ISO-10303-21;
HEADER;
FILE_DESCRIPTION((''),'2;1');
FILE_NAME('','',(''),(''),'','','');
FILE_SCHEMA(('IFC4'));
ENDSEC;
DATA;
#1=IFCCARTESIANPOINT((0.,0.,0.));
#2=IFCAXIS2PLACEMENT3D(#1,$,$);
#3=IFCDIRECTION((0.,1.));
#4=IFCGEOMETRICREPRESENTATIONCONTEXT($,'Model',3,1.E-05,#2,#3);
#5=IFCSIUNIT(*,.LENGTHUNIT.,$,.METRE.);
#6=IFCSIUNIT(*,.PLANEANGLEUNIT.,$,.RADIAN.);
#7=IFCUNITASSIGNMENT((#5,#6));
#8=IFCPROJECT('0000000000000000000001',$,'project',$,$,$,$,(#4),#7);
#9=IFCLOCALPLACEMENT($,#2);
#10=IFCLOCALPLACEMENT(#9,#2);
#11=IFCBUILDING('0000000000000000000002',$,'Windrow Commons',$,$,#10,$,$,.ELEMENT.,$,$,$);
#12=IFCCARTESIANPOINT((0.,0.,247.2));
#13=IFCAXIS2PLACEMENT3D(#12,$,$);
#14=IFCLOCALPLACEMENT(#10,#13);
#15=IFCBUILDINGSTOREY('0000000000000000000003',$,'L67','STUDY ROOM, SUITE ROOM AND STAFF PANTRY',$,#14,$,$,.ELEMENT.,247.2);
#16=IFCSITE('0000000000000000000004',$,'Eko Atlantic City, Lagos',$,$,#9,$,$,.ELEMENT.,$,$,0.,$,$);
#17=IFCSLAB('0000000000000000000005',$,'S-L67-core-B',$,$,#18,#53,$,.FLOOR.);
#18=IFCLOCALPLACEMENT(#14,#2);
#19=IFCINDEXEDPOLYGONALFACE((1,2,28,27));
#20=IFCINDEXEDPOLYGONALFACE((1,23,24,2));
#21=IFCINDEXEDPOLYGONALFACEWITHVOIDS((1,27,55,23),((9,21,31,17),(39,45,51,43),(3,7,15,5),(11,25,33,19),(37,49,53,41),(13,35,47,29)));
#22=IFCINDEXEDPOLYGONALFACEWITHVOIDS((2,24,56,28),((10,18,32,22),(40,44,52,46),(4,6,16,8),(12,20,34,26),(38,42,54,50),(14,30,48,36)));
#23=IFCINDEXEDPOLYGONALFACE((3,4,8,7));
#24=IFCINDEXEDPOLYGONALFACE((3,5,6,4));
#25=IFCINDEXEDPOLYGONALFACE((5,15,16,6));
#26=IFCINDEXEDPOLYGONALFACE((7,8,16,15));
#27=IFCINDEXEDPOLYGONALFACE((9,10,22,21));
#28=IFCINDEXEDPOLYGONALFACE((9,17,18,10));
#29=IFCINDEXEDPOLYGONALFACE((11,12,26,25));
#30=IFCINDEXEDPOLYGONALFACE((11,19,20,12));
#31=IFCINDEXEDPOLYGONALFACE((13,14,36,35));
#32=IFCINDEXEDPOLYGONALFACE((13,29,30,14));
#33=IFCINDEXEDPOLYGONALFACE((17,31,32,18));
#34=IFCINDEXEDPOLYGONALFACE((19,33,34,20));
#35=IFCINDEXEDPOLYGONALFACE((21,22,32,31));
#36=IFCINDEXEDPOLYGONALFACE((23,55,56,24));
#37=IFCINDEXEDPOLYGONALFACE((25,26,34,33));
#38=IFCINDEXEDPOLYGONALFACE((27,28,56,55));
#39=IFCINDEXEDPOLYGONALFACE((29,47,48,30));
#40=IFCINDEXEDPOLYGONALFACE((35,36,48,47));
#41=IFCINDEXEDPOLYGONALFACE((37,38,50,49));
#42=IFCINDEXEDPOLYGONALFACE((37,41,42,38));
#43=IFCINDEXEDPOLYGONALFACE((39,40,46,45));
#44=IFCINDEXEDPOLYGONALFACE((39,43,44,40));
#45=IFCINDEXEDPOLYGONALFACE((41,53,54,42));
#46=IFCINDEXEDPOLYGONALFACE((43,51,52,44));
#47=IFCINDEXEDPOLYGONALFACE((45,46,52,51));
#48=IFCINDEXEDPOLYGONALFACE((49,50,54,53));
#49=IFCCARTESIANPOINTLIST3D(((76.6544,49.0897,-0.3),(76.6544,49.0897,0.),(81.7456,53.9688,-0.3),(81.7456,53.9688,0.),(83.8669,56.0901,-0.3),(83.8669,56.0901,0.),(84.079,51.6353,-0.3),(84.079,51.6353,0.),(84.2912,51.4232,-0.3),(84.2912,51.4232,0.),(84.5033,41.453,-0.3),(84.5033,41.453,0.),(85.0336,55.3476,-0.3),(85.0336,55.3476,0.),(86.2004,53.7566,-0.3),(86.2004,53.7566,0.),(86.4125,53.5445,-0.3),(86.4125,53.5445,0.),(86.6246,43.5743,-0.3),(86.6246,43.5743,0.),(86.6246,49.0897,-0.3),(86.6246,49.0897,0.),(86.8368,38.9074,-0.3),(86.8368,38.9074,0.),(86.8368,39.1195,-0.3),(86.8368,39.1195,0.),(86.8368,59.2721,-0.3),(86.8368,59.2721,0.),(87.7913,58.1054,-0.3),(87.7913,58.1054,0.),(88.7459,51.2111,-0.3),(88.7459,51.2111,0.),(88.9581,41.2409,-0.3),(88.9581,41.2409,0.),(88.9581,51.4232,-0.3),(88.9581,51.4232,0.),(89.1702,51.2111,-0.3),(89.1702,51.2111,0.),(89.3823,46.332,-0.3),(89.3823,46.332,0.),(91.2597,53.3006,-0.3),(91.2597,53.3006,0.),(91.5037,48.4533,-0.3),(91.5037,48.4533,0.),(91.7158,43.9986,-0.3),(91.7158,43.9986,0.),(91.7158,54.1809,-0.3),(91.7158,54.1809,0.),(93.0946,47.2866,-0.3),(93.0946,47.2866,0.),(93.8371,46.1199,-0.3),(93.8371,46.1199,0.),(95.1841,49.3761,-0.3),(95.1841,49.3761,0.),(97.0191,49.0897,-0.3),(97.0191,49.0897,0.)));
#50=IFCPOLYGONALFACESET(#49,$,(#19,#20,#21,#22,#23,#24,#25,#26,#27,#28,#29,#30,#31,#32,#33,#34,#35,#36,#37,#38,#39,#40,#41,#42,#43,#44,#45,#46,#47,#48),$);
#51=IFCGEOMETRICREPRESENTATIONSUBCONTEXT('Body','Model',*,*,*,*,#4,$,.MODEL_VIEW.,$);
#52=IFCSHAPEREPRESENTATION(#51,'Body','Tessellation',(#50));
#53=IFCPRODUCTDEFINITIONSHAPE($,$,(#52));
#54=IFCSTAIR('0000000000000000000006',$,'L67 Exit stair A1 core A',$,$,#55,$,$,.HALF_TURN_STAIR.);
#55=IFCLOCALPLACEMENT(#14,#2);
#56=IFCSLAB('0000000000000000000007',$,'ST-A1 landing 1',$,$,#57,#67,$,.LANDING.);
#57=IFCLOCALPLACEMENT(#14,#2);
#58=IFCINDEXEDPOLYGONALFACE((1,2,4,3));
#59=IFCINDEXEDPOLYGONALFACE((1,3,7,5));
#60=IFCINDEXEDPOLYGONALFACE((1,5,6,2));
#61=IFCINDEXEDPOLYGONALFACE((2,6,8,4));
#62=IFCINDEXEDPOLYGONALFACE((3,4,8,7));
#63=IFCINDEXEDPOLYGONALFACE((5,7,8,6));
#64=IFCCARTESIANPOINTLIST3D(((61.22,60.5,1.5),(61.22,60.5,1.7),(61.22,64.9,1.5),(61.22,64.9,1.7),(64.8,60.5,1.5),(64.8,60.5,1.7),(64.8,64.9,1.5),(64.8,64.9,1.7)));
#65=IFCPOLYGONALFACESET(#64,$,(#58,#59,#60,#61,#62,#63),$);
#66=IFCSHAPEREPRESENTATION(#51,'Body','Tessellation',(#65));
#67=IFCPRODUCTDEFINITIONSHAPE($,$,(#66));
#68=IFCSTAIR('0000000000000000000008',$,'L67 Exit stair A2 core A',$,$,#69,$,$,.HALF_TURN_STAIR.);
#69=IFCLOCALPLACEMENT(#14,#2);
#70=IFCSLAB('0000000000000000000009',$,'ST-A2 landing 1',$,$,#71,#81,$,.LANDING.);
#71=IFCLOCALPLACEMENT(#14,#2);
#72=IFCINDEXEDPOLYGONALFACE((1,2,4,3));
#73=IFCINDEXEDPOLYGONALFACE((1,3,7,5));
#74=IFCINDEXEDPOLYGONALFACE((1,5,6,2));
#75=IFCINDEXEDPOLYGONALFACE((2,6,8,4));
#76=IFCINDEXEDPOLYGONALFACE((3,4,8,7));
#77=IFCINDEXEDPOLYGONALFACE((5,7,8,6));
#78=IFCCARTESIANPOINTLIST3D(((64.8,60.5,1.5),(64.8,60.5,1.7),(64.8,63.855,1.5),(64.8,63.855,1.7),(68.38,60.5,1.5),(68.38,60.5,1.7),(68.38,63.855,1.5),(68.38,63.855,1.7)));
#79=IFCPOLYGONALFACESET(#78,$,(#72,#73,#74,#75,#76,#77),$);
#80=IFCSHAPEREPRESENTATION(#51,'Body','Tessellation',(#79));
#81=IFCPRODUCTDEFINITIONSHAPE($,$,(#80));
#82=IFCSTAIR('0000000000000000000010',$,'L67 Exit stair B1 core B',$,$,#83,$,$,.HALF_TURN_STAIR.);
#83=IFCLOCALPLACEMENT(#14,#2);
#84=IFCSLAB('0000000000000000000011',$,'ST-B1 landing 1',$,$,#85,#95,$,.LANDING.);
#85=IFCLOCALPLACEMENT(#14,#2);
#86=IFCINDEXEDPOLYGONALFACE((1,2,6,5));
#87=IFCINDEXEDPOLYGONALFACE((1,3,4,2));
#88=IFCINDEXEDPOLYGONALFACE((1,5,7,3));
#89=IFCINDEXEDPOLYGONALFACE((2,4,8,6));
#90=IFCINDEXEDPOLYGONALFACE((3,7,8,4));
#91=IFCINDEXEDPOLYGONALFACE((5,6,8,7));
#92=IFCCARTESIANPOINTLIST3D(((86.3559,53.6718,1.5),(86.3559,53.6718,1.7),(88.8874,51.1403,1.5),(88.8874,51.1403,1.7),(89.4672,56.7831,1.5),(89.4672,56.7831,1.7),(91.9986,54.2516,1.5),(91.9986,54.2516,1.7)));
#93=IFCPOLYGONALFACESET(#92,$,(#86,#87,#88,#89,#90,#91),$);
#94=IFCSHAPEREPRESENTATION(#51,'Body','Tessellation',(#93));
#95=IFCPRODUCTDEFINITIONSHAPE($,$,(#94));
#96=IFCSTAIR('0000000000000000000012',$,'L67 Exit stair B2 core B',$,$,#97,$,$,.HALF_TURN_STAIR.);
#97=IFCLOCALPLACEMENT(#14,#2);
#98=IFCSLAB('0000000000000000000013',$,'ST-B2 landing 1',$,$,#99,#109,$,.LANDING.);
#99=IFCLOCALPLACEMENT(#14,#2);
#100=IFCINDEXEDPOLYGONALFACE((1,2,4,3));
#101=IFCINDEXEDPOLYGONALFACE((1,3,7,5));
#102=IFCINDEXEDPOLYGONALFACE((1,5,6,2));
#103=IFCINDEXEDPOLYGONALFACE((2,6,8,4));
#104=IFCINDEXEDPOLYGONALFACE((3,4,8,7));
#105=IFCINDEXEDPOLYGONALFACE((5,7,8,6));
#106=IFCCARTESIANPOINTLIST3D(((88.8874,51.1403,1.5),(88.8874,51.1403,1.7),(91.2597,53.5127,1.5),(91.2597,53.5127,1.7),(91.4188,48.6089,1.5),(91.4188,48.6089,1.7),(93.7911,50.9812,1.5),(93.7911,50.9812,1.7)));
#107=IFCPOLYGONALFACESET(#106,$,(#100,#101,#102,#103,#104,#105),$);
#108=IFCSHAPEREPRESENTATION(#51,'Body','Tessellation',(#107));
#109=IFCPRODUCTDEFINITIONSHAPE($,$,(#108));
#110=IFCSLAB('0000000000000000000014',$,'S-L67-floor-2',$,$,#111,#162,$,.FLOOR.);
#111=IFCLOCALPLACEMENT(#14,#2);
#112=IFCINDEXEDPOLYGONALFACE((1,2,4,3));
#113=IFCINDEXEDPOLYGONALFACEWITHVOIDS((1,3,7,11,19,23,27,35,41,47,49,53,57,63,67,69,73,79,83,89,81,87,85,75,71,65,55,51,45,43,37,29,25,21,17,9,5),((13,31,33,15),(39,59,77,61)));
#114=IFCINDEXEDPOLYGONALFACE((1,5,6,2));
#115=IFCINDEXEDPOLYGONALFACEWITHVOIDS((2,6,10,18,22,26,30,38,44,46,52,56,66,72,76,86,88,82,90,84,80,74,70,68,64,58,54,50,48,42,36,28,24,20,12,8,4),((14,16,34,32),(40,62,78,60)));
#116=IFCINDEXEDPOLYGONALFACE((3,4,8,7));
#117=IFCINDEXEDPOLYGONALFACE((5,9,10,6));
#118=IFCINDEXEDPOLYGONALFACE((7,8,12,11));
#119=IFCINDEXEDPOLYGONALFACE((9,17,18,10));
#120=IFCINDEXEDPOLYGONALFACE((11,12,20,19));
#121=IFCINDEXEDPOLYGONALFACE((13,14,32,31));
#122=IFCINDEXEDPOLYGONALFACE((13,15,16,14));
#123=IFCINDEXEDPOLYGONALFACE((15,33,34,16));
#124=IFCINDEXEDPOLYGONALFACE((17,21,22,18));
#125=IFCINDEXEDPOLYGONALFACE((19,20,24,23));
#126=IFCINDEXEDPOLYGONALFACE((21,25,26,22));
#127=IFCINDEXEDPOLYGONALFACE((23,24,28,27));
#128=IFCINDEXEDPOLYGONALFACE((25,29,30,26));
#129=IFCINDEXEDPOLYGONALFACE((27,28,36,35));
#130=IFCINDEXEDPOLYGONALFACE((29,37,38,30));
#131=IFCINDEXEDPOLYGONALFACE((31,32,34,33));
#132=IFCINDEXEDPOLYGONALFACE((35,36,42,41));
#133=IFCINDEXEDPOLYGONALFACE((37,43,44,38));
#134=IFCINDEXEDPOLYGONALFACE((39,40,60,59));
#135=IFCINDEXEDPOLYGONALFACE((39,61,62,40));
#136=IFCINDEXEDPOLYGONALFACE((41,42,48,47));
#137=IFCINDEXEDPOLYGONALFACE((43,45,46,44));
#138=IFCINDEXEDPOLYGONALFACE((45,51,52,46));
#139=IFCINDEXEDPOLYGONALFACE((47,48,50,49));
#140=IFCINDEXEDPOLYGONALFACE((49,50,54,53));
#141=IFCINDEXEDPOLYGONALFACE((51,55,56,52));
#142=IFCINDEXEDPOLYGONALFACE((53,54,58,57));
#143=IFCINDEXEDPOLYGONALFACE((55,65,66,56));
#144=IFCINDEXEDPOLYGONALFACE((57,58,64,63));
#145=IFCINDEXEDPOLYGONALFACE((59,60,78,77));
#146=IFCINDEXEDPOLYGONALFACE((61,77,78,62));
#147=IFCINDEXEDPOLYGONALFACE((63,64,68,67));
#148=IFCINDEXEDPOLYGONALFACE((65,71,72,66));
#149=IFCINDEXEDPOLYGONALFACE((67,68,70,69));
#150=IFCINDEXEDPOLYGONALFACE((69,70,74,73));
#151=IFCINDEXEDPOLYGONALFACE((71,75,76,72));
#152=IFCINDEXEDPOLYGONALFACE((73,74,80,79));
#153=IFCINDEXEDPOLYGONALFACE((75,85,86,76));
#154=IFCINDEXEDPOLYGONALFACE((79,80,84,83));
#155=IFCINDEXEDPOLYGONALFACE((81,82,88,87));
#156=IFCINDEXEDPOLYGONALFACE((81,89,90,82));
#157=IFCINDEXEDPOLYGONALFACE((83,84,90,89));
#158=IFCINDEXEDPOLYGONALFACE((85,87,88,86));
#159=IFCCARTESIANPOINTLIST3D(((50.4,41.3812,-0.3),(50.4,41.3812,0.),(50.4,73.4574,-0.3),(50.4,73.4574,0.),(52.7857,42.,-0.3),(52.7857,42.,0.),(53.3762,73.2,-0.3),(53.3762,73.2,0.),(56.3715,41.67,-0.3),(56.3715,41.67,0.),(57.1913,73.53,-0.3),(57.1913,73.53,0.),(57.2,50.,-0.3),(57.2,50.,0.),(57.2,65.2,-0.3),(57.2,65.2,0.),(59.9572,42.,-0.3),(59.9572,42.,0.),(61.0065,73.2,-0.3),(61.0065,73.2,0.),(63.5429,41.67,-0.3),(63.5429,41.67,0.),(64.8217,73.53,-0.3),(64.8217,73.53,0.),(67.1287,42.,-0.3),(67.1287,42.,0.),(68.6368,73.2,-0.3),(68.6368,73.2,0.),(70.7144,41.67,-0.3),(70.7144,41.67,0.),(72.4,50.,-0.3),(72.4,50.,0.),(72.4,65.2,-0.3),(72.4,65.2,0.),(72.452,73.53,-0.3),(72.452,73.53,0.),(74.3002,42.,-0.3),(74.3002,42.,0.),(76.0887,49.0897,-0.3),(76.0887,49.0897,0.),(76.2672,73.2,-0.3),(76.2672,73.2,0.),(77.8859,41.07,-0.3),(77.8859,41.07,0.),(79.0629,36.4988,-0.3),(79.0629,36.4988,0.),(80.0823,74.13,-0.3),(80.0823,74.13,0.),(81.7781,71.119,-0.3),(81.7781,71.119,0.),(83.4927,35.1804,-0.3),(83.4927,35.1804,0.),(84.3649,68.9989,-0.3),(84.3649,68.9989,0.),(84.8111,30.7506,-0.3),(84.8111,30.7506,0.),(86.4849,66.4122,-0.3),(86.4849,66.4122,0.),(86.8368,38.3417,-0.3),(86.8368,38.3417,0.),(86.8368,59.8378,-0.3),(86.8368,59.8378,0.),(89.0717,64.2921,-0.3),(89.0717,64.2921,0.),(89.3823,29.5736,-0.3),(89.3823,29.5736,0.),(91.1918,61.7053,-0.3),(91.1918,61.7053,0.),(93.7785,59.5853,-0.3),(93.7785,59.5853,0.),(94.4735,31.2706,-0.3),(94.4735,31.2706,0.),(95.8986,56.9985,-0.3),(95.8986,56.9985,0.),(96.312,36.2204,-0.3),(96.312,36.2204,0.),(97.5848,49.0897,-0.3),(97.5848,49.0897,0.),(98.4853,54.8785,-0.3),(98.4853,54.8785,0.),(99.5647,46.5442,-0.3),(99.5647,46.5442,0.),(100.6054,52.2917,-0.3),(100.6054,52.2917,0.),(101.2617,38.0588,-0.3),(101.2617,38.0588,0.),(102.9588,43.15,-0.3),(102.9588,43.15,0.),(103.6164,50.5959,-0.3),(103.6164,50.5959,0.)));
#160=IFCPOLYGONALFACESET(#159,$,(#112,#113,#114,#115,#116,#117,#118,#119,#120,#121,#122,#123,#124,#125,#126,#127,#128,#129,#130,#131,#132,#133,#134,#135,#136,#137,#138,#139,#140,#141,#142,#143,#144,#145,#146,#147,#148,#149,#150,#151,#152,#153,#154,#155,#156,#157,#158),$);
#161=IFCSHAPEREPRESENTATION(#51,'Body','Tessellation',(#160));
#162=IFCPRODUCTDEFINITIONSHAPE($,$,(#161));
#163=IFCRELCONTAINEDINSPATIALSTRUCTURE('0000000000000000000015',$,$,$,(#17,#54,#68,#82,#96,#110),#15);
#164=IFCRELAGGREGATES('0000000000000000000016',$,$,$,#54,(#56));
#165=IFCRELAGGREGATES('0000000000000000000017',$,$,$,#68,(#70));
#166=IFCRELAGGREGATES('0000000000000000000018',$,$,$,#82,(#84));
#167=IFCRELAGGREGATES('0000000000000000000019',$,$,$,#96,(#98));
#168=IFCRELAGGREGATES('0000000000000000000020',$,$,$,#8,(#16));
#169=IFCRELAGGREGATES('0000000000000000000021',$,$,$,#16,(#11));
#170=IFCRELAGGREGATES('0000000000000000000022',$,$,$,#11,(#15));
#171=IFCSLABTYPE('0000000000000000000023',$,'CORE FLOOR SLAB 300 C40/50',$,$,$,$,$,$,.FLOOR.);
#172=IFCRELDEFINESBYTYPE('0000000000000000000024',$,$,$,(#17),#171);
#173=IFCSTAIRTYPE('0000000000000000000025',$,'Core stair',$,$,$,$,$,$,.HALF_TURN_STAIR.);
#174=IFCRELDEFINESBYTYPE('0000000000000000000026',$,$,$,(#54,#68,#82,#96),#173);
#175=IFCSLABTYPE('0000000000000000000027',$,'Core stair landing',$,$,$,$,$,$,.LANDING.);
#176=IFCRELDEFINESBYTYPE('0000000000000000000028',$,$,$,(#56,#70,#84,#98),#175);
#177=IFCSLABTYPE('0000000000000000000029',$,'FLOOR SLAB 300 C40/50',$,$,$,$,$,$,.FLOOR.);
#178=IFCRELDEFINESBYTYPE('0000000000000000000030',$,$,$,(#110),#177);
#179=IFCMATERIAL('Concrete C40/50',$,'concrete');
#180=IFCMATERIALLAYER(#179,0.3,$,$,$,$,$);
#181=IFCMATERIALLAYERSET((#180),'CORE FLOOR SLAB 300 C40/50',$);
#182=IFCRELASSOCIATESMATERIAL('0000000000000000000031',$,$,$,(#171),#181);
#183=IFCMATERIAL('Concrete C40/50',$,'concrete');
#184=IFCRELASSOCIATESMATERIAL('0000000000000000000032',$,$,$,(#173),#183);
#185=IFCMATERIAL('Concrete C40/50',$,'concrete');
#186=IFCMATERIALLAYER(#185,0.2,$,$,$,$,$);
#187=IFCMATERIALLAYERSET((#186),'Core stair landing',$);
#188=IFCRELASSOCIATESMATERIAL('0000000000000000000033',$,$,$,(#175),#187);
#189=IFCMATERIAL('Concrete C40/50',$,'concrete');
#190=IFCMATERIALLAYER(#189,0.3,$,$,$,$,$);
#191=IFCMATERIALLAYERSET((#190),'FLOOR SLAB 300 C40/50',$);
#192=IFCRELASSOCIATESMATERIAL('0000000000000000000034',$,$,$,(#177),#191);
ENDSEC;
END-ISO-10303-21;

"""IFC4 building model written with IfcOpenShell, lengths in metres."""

from ifc_helpers import new_model, si_unit, direction, frame, origin, place, context, subcontext, project, spatial, polyline, outline, extrude, material, layer, layer_set, type_object, element, aggregate, save


model = new_model("IFC4")

# Units and contexts
model_context = context("Model", 3, precision=1e-05, world=origin(), true_north=direction((0.0, 1.0)))
body_context = subcontext(model_context, "Body", "Model", "MODEL_VIEW")
ifc_project = project(units=[si_unit("LENGTHUNIT", "METRE"), si_unit("PLANEANGLEUNIT", "RADIAN")], contexts=[model_context])

# Site, building, storey
site_placement = place(None, origin())
site = spatial("IfcSite", under=ifc_project, at=site_placement, Name="Eko Atlantic City, Lagos", CompositionType="ELEMENT", RefElevation=0.0)
building_placement = place(site_placement, origin())
building = spatial("IfcBuilding", under=site, at=building_placement, Name="Windrow Commons", CompositionType="ELEMENT")
storey_placement = place(building_placement, frame((0.0, 0.0, 247.2)))
storey = spatial("IfcBuildingStorey", under=building, at=storey_placement, Name="L67", Description="STUDY ROOM, SUITE ROOM AND STAFF PANTRY", CompositionType="ELEMENT", Elevation=247.2)

# Slab, openings
ifc_material_1 = material(Name="Concrete C40/50", Category="concrete")
ifc_layer_1 = layer(ifc_material_1, 0.3)
ifc_layer_set_1 = layer_set([ifc_layer_1], Name="CORE FLOOR SLAB 300 C40/50")
slab_type_1 = type_object("IfcSlabType", Name="CORE FLOOR SLAB 300 C40/50", PredefinedType="FLOOR", material=ifc_layer_set_1)
placement_1 = place(storey_placement, frame((0.0, 0.0, -0.3)))
slab_1 = element("IfcSlab", 1, at=placement_1, inside=storey, type_object=slab_type_1, Name="S-L67-core-B", PredefinedType="FLOOR", context=body_context, shape_type="SweptSolid", body=[
    extrude(outline(polyline([(76.6544, 49.0897), (86.8368, 38.9074), (97.0191, 49.0897), (86.8368, 59.2721), (76.6544, 49.0897)]), holes=[polyline([(84.5033, 41.453), (86.8368, 39.1195), (88.9581, 41.2409), (86.6246, 43.5743), (84.5033, 41.453)]), polyline([(81.7456, 53.9688), (84.079, 51.6353), (86.2004, 53.7566), (83.8669, 56.0901), (81.7456, 53.9688)]), polyline([(84.2912, 51.4232), (86.6246, 49.0897), (88.7459, 51.2111), (86.4125, 53.5445), (84.2912, 51.4232)]), polyline([(89.3823, 46.332), (91.7158, 43.9986), (93.8371, 46.1199), (91.5037, 48.4533), (89.3823, 46.332)]), polyline([(85.0336, 55.3476), (88.9581, 51.4232), (91.7158, 54.1809), (87.7913, 58.1054), (85.0336, 55.3476)]), polyline([(89.1702, 51.2111), (93.0946, 47.2866), (95.1841, 49.3761), (91.2597, 53.3006), (89.1702, 51.2111)])]), origin(), (0.0, 0.0, 1.0), 0.3),
])
opening_1_placement = place(placement_1, origin())
element("IfcOpeningElement", 2, at=opening_1_placement, cuts=slab_1, PredefinedType="OPENING", context=body_context, shape_type="SweptSolid", body=[
    extrude(outline(polyline([(84.5104, 41.453), (86.6246, 43.5672), (88.951, 41.2409), (86.8368, 39.1266), (84.5104, 41.453)])), origin(), (0.0, 0.0, 1.0), 0.3),
])
opening_2_placement = place(placement_1, origin())
element("IfcOpeningElement", 3, at=opening_2_placement, cuts=slab_1, PredefinedType="OPENING", context=body_context, shape_type="SweptSolid", body=[
    extrude(outline(polyline([(81.7527, 53.9688), (83.8669, 56.083), (86.1933, 53.7566), (84.079, 51.6424), (81.7527, 53.9688)])), origin(), (0.0, 0.0, 1.0), 0.3),
])
opening_3_placement = place(placement_1, origin())
element("IfcOpeningElement", 4, at=opening_3_placement, cuts=slab_1, PredefinedType="OPENING", context=body_context, shape_type="SweptSolid", body=[
    extrude(outline(polyline([(84.2983, 51.4232), (86.4125, 53.5374), (88.7388, 51.2111), (86.6246, 49.0968), (84.2983, 51.4232)])), origin(), (0.0, 0.0, 1.0), 0.3),
])
opening_4_placement = place(placement_1, origin())
element("IfcOpeningElement", 5, at=opening_4_placement, cuts=slab_1, PredefinedType="OPENING", context=body_context, shape_type="SweptSolid", body=[
    extrude(outline(polyline([(89.3894, 46.332), (91.5037, 48.4462), (93.83, 46.1199), (91.7158, 44.0057), (89.3894, 46.332)])), origin(), (0.0, 0.0, 1.0), 0.3),
])
opening_5_placement = place(placement_1, origin())
element("IfcOpeningElement", 6, at=opening_5_placement, cuts=slab_1, PredefinedType="OPENING", context=body_context, shape_type="SweptSolid", body=[
    extrude(outline(polyline([(85.0407, 55.3476), (87.7913, 58.0983), (91.7087, 54.1809), (88.9581, 51.4303), (85.0407, 55.3476)])), origin(), (0.0, 0.0, 1.0), 0.3),
])
opening_6_placement = place(placement_1, origin())
element("IfcOpeningElement", 7, at=opening_6_placement, cuts=slab_1, PredefinedType="OPENING", context=body_context, shape_type="SweptSolid", body=[
    extrude(outline(polyline([(89.1773, 51.2111), (91.2597, 53.2935), (95.177, 49.3761), (93.0946, 47.2937), (89.1773, 51.2111)])), origin(), (0.0, 0.0, 1.0), 0.3),
])

# Stairs, slabs
ifc_material_2 = material(Name="Concrete C40/50", Category="concrete")
stair_type = type_object("IfcStairType", Name="Core stair", PredefinedType="HALF_TURN_STAIR", material=ifc_material_2)
placement_2 = place(storey_placement, origin())
stair_1 = element("IfcStair", 8, at=placement_2, inside=storey, type_object=stair_type, Name="L67 Exit stair A1 core A", PredefinedType="HALF_TURN_STAIR")
ifc_material_3 = material(Name="Concrete C40/50", Category="concrete")
ifc_layer_2 = layer(ifc_material_3, 0.2)
ifc_layer_set_2 = layer_set([ifc_layer_2], Name="Core stair landing")
slab_type_2 = type_object("IfcSlabType", Name="Core stair landing", PredefinedType="LANDING", material=ifc_layer_set_2)
placement_3 = place(storey_placement, frame((0.0, 0.0, 1.5)))
slab_2 = element("IfcSlab", 9, at=placement_3, type_object=slab_type_2, Name="ST-A1 landing 1", PredefinedType="LANDING", context=body_context, shape_type="SweptSolid", body=[
    extrude(outline(polyline([(61.22, 60.5), (64.8, 60.5), (64.8, 64.9), (61.22, 64.9), (61.22, 60.5)])), origin(), (0.0, 0.0, 1.0), 0.2),
])
aggregate(stair_1, [slab_2])
stair_2 = element("IfcStair", 10, at=placement_2, inside=storey, type_object=stair_type, Name="L67 Exit stair A2 core A", PredefinedType="HALF_TURN_STAIR")
slab_3 = element("IfcSlab", 11, at=placement_3, type_object=slab_type_2, Name="ST-A2 landing 1", PredefinedType="LANDING", context=body_context, shape_type="SweptSolid", body=[
    extrude(outline(polyline([(64.8, 60.5), (68.38, 60.5), (68.38, 63.855), (64.8, 63.855), (64.8, 60.5)])), origin(), (0.0, 0.0, 1.0), 0.2),
])
aggregate(stair_2, [slab_3])
stair_3 = element("IfcStair", 12, at=placement_2, inside=storey, type_object=stair_type, Name="L67 Exit stair B1 core B", PredefinedType="HALF_TURN_STAIR")
slab_4 = element("IfcSlab", 13, at=placement_3, type_object=slab_type_2, Name="ST-B1 landing 1", PredefinedType="LANDING", context=body_context, shape_type="SweptSolid", body=[
    extrude(outline(polyline([(86.3559, 53.6718), (88.8874, 51.1403), (91.9986, 54.2516), (89.4672, 56.7831), (86.3559, 53.6718)])), origin(), (0.0, 0.0, 1.0), 0.2),
])
aggregate(stair_3, [slab_4])
stair_4 = element("IfcStair", 14, at=placement_2, inside=storey, type_object=stair_type, Name="L67 Exit stair B2 core B", PredefinedType="HALF_TURN_STAIR")
slab_5 = element("IfcSlab", 15, at=placement_3, type_object=slab_type_2, Name="ST-B2 landing 1", PredefinedType="LANDING", context=body_context, shape_type="SweptSolid", body=[
    extrude(outline(polyline([(88.8874, 51.1403), (91.4188, 48.6089), (93.7911, 50.9812), (91.2597, 53.5127), (88.8874, 51.1403)])), origin(), (0.0, 0.0, 1.0), 0.2),
])
aggregate(stair_4, [slab_5])

# Shared definitions
ifc_material_4 = material(Name="Concrete C40/50", Category="concrete")
ifc_layer_3 = layer(ifc_material_4, 0.3)
ifc_layer_set_3 = layer_set([ifc_layer_3], Name="FLOOR SLAB 300 C40/50")
slab_type_3 = type_object("IfcSlabType", Name="FLOOR SLAB 300 C40/50", PredefinedType="FLOOR", material=ifc_layer_set_3)

# Slab, openings
slab_6 = element("IfcSlab", 16, at=placement_1, inside=storey, type_object=slab_type_3, Name="S-L67-floor-2", PredefinedType="FLOOR", context=body_context, shape_type="SweptSolid", body=[
    extrude(outline(polyline([(50.4, 73.4574), (50.4, 73.201), (50.4, 73.201), (50.4, 41.999), (50.4, 41.3812), (52.7857, 42.0), (56.3715, 41.67), (59.9572, 42.0), (63.5429, 41.67), (67.1287, 42.0), (70.7144, 41.67), (74.3002, 42.0), (77.8859, 41.07), (79.0629, 36.4988), (83.4927, 35.1804), (84.8111, 30.7506), (89.3823, 29.5736), (94.4735, 31.2706), (96.312, 36.2204), (101.2617, 38.0588), (102.9588, 43.15), (99.5647, 46.5442), (103.6164, 50.5959), (100.6054, 52.2917), (98.4853, 54.8785), (95.8986, 56.9985), (93.7785, 59.5853), (91.1918, 61.7053), (89.0717, 64.2921), (86.4849, 66.4122), (84.3649, 68.9989), (81.7781, 71.119), (80.0823, 74.13), (76.2672, 73.2), (72.452, 73.53), (68.6368, 73.2), (64.8217, 73.53), (61.0065, 73.2), (57.1913, 73.53), (53.3762, 73.2), (50.4, 73.4574)]), holes=[polyline([(86.8368, 38.3417), (76.0887, 49.0897), (86.8368, 59.8378), (97.5848, 49.0897), (86.8368, 38.3417)]), polyline([(57.2, 50.0), (57.2, 65.2), (72.4, 65.2), (72.4, 50.0), (57.2, 50.0)])]), origin(), (0.0, 0.0, 1.0), 0.3),
])
opening_7_placement = place(placement_1, origin())
element("IfcOpeningElement", 17, at=opening_7_placement, cuts=slab_6, PredefinedType="OPENING", context=body_context, shape_type="SweptSolid", body=[
    extrude(outline(polyline([(86.8368, 38.3488), (76.0958, 49.0897), (86.8368, 59.8307), (97.5777, 49.0897), (86.8368, 38.3488)])), origin(), (0.0, 0.0, 1.0), 0.3),
])
opening_8_placement = place(placement_1, origin())
element("IfcOpeningElement", 18, at=opening_8_placement, cuts=slab_6, PredefinedType="OPENING", context=body_context, shape_type="SweptSolid", body=[
    extrude(outline(polyline([(57.205, 50.005), (57.205, 65.195), (72.395, 65.195), (72.395, 50.005), (57.205, 50.005)])), origin(), (0.0, 0.0, 1.0), 0.3),
])

save(model, "model.ifc")
